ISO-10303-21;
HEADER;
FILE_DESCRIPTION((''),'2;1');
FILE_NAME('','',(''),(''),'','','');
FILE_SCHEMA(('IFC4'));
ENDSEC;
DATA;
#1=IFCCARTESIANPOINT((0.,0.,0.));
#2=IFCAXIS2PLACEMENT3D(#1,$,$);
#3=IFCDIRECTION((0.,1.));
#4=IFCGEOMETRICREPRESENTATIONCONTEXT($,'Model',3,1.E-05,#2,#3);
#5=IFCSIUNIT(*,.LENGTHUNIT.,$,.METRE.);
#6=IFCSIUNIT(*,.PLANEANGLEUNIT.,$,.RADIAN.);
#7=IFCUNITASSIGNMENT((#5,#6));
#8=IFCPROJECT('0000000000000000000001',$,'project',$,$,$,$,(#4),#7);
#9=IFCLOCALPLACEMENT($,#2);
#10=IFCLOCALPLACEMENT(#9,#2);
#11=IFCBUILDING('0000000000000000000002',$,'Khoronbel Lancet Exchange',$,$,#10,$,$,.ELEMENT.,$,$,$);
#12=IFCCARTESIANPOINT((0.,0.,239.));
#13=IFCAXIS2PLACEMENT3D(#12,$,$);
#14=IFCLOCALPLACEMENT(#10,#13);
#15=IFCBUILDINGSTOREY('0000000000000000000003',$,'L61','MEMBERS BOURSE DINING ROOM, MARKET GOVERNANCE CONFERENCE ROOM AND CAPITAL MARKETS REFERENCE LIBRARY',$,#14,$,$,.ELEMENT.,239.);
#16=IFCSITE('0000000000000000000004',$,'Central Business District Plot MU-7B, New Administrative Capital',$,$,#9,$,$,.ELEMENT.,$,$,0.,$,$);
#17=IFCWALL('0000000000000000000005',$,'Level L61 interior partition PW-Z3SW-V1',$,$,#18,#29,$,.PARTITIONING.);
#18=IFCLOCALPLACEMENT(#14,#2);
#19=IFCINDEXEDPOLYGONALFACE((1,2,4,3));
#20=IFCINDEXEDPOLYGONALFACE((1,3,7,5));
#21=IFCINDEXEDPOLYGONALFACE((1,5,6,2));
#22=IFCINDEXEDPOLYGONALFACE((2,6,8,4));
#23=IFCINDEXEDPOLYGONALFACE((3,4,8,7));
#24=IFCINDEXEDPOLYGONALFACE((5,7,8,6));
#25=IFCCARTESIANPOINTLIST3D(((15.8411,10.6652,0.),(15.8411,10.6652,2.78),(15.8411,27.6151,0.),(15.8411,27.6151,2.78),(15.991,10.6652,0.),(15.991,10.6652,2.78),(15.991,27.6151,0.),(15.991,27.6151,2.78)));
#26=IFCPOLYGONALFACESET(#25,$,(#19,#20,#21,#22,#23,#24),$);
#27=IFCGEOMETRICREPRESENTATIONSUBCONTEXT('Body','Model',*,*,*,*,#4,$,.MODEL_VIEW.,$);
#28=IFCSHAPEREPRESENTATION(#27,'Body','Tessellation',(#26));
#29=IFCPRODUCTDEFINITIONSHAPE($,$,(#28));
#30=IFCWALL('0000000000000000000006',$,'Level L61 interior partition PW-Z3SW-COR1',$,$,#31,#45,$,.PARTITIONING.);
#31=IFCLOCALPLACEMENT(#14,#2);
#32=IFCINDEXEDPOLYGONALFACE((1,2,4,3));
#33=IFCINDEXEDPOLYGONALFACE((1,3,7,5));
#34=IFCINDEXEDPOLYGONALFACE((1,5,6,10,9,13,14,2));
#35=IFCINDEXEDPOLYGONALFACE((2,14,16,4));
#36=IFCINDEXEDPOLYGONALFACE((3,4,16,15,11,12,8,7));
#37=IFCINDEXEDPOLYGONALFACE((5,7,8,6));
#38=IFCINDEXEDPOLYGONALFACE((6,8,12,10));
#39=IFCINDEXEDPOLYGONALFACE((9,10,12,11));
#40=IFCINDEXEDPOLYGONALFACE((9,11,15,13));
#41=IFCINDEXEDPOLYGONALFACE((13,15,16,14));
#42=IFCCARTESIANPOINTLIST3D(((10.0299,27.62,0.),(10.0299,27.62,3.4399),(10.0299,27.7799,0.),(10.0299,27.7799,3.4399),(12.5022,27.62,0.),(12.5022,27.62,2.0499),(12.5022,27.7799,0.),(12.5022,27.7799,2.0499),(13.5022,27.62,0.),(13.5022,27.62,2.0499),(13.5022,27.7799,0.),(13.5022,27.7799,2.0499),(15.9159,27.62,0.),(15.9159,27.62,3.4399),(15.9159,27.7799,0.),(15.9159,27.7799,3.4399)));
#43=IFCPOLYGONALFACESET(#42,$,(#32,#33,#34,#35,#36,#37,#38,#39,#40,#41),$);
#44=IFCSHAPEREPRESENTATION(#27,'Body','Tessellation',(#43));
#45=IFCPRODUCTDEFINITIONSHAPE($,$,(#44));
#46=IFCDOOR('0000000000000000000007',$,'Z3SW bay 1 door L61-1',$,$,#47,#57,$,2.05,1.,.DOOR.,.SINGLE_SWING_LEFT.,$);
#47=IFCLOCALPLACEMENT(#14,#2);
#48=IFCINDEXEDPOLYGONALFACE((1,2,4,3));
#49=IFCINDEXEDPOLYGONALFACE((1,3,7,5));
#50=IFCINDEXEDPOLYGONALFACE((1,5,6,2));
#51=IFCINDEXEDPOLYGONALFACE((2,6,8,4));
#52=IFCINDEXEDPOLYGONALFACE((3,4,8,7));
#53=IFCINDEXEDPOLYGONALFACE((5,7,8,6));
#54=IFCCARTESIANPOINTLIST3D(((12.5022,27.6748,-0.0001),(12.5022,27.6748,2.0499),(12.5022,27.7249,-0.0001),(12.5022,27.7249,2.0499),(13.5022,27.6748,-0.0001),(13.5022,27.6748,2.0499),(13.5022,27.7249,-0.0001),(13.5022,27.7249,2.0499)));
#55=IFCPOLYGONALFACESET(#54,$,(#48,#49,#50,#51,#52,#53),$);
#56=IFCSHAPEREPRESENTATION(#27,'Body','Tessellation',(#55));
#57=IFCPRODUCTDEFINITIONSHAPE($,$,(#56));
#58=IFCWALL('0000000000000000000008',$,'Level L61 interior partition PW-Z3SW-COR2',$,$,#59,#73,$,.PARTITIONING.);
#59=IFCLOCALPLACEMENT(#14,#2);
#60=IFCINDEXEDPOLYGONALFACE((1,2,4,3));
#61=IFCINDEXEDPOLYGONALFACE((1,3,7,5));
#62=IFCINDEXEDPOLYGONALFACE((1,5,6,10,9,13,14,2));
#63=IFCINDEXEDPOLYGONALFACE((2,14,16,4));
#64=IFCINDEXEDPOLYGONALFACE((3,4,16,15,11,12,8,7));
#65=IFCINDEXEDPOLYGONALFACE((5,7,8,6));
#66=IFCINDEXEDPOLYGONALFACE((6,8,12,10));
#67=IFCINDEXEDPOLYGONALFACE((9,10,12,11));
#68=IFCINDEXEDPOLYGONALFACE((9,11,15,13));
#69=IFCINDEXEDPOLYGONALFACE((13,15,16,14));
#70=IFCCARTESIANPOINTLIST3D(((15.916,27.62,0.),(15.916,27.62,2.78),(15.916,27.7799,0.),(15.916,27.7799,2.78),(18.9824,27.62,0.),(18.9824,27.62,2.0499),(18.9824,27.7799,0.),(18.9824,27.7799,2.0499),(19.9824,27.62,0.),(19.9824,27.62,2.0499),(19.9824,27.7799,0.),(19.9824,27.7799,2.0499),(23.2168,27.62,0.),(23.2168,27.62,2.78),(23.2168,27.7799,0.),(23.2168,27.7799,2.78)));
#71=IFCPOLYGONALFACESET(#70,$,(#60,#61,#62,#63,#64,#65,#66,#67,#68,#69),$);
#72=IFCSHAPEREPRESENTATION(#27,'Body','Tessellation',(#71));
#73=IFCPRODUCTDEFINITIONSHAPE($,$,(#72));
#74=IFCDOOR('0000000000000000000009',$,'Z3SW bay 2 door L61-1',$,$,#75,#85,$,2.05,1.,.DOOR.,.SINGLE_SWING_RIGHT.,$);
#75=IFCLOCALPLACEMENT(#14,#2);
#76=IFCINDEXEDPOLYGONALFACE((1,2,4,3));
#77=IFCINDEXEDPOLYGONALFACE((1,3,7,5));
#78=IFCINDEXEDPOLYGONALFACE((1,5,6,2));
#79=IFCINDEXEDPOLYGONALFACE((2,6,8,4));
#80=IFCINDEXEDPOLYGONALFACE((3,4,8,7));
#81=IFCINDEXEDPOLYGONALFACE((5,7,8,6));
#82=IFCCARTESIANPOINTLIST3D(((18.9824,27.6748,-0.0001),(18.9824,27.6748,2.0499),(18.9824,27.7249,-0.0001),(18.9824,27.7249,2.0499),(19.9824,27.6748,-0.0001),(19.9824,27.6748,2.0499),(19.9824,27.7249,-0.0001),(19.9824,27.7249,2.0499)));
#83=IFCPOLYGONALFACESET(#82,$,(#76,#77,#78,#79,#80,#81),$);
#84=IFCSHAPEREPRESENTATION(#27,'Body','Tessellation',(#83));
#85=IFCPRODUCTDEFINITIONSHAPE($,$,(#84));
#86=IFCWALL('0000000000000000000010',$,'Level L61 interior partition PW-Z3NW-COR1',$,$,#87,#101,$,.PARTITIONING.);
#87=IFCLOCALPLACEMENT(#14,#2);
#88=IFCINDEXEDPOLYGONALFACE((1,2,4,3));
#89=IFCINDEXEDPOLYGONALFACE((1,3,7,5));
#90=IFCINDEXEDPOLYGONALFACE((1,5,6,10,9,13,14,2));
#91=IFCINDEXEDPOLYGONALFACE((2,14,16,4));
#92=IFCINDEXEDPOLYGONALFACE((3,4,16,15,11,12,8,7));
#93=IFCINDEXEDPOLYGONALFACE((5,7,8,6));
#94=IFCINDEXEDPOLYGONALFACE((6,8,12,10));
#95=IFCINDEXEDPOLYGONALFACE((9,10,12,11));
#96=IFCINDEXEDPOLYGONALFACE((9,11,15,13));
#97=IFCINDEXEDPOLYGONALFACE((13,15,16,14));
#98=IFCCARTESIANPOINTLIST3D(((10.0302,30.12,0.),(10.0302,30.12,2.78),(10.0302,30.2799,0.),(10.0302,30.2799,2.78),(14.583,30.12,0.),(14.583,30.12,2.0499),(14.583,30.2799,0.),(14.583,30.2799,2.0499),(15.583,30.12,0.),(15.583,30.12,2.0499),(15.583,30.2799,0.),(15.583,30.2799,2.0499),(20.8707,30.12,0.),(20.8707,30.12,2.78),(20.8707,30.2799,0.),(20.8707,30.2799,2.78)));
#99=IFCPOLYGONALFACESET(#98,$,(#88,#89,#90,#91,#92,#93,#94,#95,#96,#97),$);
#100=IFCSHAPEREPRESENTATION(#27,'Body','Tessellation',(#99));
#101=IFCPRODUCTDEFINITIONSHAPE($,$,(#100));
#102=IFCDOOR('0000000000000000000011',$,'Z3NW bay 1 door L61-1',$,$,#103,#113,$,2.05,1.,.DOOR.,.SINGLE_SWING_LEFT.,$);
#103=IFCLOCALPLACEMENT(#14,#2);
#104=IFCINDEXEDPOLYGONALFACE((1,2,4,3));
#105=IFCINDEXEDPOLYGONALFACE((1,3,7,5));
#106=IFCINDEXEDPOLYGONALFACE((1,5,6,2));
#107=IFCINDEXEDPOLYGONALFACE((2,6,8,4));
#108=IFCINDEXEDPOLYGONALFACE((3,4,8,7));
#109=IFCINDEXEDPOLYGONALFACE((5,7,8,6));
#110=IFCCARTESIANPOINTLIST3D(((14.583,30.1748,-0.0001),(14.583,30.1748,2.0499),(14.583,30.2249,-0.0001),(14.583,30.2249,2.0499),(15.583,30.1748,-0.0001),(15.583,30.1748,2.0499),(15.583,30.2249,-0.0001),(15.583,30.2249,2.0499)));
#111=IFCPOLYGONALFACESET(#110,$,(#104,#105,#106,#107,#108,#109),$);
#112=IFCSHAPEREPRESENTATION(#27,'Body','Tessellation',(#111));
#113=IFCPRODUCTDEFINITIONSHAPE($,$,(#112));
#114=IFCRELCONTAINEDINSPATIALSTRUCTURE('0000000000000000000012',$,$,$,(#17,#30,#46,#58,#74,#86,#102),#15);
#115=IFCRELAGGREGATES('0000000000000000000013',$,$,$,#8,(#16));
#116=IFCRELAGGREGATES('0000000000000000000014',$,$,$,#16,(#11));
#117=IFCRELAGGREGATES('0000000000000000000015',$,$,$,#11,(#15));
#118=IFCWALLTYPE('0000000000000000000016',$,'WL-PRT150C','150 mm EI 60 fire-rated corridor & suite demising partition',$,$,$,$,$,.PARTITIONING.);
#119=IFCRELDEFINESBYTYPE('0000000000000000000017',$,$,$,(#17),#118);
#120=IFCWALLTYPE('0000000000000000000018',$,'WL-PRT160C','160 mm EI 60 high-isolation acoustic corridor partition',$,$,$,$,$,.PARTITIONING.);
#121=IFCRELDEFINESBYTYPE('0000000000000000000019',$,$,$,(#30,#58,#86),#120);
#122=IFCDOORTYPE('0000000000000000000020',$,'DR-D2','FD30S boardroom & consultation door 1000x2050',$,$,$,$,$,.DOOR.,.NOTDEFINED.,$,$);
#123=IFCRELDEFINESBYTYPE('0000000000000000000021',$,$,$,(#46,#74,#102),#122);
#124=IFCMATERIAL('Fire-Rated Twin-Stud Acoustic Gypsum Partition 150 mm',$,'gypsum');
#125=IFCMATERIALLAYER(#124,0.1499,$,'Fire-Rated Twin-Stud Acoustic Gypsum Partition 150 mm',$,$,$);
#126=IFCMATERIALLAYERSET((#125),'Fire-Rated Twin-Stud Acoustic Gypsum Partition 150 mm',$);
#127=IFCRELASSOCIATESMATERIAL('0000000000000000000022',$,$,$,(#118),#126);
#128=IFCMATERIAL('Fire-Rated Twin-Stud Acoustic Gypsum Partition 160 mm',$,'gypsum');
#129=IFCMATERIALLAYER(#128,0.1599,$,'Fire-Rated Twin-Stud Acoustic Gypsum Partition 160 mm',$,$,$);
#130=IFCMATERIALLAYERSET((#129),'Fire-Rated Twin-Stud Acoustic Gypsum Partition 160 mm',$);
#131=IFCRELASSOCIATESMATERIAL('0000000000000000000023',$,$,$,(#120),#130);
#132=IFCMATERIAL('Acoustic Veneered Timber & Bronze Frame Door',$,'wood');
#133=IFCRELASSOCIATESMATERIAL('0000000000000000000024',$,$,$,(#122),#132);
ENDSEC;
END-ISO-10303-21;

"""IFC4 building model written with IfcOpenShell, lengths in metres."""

from ifc_helpers import new_model, si_unit, direction, frame, frame_2d, origin, place, context, subcontext, project, spatial, rectangle, extrude, material, layer, layer_set, type_object, element, fill, save


model = new_model("IFC4")

# Units and contexts
model_context = context("Model", 3, precision=1e-05, world=origin(), true_north=direction((0.0, 1.0)))
body_context = subcontext(model_context, "Body", "Model", "MODEL_VIEW")
ifc_project = project(units=[si_unit("LENGTHUNIT", "METRE"), si_unit("PLANEANGLEUNIT", "RADIAN")], contexts=[model_context])

# Site, building, storey
site_placement = place(None, origin())
site = spatial("IfcSite", under=ifc_project, at=site_placement, Name="Central Business District Plot MU-7B, New Administrative Capital", CompositionType="ELEMENT", RefElevation=0.0)
building_placement = place(site_placement, origin())
building = spatial("IfcBuilding", under=site, at=building_placement, Name="Khoronbel Lancet Exchange", CompositionType="ELEMENT")
storey_placement = place(building_placement, frame((0.0, 0.0, 239.0)))
storey = spatial("IfcBuildingStorey", under=building, at=storey_placement, Name="L61", Description="MEMBERS BOURSE DINING ROOM, MARKET GOVERNANCE CONFERENCE ROOM AND CAPITAL MARKETS REFERENCE LIBRARY", CompositionType="ELEMENT", Elevation=239.0)

# Wall
ifc_material_1 = material(Name="Fire-Rated Twin-Stud Acoustic Gypsum Partition 150 mm", Category="gypsum")
ifc_layer_1 = layer(ifc_material_1, 0.1499, Name="Fire-Rated Twin-Stud Acoustic Gypsum Partition 150 mm")
ifc_layer_set_1 = layer_set([ifc_layer_1], Name="Fire-Rated Twin-Stud Acoustic Gypsum Partition 150 mm")
wall_type_1 = type_object("IfcWallType", Name="WL-PRT150C", Description="150 mm EI 60 fire-rated corridor & suite demising partition", PredefinedType="PARTITIONING", material=ifc_layer_set_1)
wall_1_placement = place(storey_placement, frame((15.916, 10.665, 0.0), z_axis=(0.0, 0.0, 1.0), x_axis=(0.0, 1.0, 0.0)))
element("IfcWall", 1, at=wall_1_placement, inside=storey, type_object=wall_type_1, Name="Level L61 interior partition PW-Z3SW-V1", PredefinedType="PARTITIONING", context=body_context, shape_type="SweptSolid", body=[
    extrude(rectangle(XDim=16.95, YDim=0.1499, at=frame_2d((8.4751, 0.0))), origin(), (0.0, 0.0, 1.0), 2.78),
])

# Walls, openings, doors
ifc_material_2 = material(Name="Fire-Rated Twin-Stud Acoustic Gypsum Partition 160 mm", Category="gypsum")
ifc_layer_2 = layer(ifc_material_2, 0.1599, Name="Fire-Rated Twin-Stud Acoustic Gypsum Partition 160 mm")
ifc_layer_set_2 = layer_set([ifc_layer_2], Name="Fire-Rated Twin-Stud Acoustic Gypsum Partition 160 mm")
wall_type_2 = type_object("IfcWallType", Name="WL-PRT160C", Description="160 mm EI 60 high-isolation acoustic corridor partition", PredefinedType="PARTITIONING", material=ifc_layer_set_2)
wall_2_placement = place(storey_placement, frame((10.03, 27.7, 0.0), z_axis=(0.0, 0.0, 1.0), x_axis=(1.0, 0.0, 0.0)))
wall_2 = element("IfcWall", 2, at=wall_2_placement, inside=storey, type_object=wall_type_2, Name="Level L61 interior partition PW-Z3SW-COR1", PredefinedType="PARTITIONING", context=body_context, shape_type="SweptSolid", body=[
    extrude(rectangle(XDim=5.886, YDim=0.1599, at=frame_2d((2.9429, 0.0))), origin(), (0.0, 0.0, 1.0), 3.4399),
])
opening_1_placement = place(wall_2_placement, frame((2.4722, 0.0, 0.0)))
opening_1 = element("IfcOpeningElement", 3, at=opening_1_placement, cuts=wall_2, PredefinedType="OPENING", context=body_context, shape_type="SweptSolid", body=[
    extrude(rectangle(XDim=1.0, YDim=2.05, at=frame_2d((0.5, 1.0249))), frame((0.0, 0.0898, 0.0), z_axis=(0.0, -1.0, 0.0), x_axis=(1.0, 0.0, 0.0)), (0.0, 0.0, 1.0), 0.1799),
])
ifc_material_3 = material(Name="Acoustic Veneered Timber & Bronze Frame Door", Category="wood")
door_type_1 = type_object("IfcDoorType", Name="DR-D2", Description="FD30S boardroom & consultation door 1000x2050", OperationType="NOTDEFINED", PredefinedType="DOOR", material=ifc_material_3)
door_1_placement = place(opening_1_placement, origin())
door_1 = element("IfcDoor", 4, at=door_1_placement, inside=storey, type_object=door_type_1, Name="Z3SW bay 1 door L61-1", OperationType="SINGLE_SWING_LEFT", OverallHeight=2.05, OverallWidth=1.0, PredefinedType="DOOR", context=body_context, shape_type="SweptSolid", body=[
    extrude(rectangle(XDim=1.0, YDim=2.05, at=frame_2d((0.5, 1.0249))), frame((0.0, 0.0249, 0.0), z_axis=(0.0, -1.0, 0.0), x_axis=(1.0, 0.0, 0.0)), (0.0, 0.0, 1.0), 0.05),
])
fill(opening_1, door_1)
wall_3_placement = place(storey_placement, frame((15.916, 27.7, 0.0), z_axis=(0.0, 0.0, 1.0), x_axis=(1.0, 0.0, 0.0)))
wall_3 = element("IfcWall", 5, at=wall_3_placement, inside=storey, type_object=wall_type_2, Name="Level L61 interior partition PW-Z3SW-COR2", PredefinedType="PARTITIONING", context=body_context, shape_type="SweptSolid", body=[
    extrude(rectangle(XDim=7.3008, YDim=0.1599, at=frame_2d((3.6504, 0.0))), origin(), (0.0, 0.0, 1.0), 2.78),
])
opening_2_placement = place(wall_3_placement, frame((3.0664, 0.0, 0.0)))
opening_2 = element("IfcOpeningElement", 6, at=opening_2_placement, cuts=wall_3, PredefinedType="OPENING", context=body_context, shape_type="SweptSolid", body=[
    extrude(rectangle(XDim=1.0, YDim=2.05, at=frame_2d((0.5, 1.0249))), frame((0.0, 0.0898, 0.0), z_axis=(0.0, -1.0, 0.0), x_axis=(1.0, 0.0, 0.0)), (0.0, 0.0, 1.0), 0.1799),
])
door_2_placement = place(opening_2_placement, origin())
door_2 = element("IfcDoor", 7, at=door_2_placement, inside=storey, type_object=door_type_1, Name="Z3SW bay 2 door L61-1", OperationType="SINGLE_SWING_RIGHT", OverallHeight=2.05, OverallWidth=1.0, PredefinedType="DOOR", context=body_context, shape_type="SweptSolid", body=[
    extrude(rectangle(XDim=1.0, YDim=2.05, at=frame_2d((0.5, 1.0249))), frame((0.0, 0.0249, 0.0), z_axis=(0.0, -1.0, 0.0), x_axis=(1.0, 0.0, 0.0)), (0.0, 0.0, 1.0), 0.05),
])
fill(opening_2, door_2)
wall_4_placement = place(storey_placement, frame((10.03, 30.2, 0.0), z_axis=(0.0, 0.0, 1.0), x_axis=(1.0, 0.0, 0.0)))
wall_4 = element("IfcWall", 8, at=wall_4_placement, inside=storey, type_object=wall_type_2, Name="Level L61 interior partition PW-Z3NW-COR1", PredefinedType="PARTITIONING", context=body_context, shape_type="SweptSolid", body=[
    extrude(rectangle(XDim=10.8406, YDim=0.1599, at=frame_2d((5.4204, 0.0))), origin(), (0.0, 0.0, 1.0), 2.78),
])
opening_3_placement = place(wall_4_placement, frame((4.553, 0.0, 0.0)))
opening_3 = element("IfcOpeningElement", 9, at=opening_3_placement, cuts=wall_4, PredefinedType="OPENING", context=body_context, shape_type="SweptSolid", body=[
    extrude(rectangle(XDim=1.0, YDim=2.05, at=frame_2d((0.5, 1.0249))), frame((0.0, 0.0898, 0.0), z_axis=(0.0, -1.0, 0.0), x_axis=(1.0, 0.0, 0.0)), (0.0, 0.0, 1.0), 0.1799),
])
door_3_placement = place(opening_3_placement, origin())
door_3 = element("IfcDoor", 10, at=door_3_placement, inside=storey, type_object=door_type_1, Name="Z3NW bay 1 door L61-1", OperationType="SINGLE_SWING_LEFT", OverallHeight=2.05, OverallWidth=1.0, PredefinedType="DOOR", context=body_context, shape_type="SweptSolid", body=[
    extrude(rectangle(XDim=1.0, YDim=2.05, at=frame_2d((0.5, 1.0249))), frame((0.0, 0.0249, 0.0), z_axis=(0.0, -1.0, 0.0), x_axis=(1.0, 0.0, 0.0)), (0.0, 0.0, 1.0), 0.05),
])
fill(opening_3, door_3)

save(model, "model.ifc")
